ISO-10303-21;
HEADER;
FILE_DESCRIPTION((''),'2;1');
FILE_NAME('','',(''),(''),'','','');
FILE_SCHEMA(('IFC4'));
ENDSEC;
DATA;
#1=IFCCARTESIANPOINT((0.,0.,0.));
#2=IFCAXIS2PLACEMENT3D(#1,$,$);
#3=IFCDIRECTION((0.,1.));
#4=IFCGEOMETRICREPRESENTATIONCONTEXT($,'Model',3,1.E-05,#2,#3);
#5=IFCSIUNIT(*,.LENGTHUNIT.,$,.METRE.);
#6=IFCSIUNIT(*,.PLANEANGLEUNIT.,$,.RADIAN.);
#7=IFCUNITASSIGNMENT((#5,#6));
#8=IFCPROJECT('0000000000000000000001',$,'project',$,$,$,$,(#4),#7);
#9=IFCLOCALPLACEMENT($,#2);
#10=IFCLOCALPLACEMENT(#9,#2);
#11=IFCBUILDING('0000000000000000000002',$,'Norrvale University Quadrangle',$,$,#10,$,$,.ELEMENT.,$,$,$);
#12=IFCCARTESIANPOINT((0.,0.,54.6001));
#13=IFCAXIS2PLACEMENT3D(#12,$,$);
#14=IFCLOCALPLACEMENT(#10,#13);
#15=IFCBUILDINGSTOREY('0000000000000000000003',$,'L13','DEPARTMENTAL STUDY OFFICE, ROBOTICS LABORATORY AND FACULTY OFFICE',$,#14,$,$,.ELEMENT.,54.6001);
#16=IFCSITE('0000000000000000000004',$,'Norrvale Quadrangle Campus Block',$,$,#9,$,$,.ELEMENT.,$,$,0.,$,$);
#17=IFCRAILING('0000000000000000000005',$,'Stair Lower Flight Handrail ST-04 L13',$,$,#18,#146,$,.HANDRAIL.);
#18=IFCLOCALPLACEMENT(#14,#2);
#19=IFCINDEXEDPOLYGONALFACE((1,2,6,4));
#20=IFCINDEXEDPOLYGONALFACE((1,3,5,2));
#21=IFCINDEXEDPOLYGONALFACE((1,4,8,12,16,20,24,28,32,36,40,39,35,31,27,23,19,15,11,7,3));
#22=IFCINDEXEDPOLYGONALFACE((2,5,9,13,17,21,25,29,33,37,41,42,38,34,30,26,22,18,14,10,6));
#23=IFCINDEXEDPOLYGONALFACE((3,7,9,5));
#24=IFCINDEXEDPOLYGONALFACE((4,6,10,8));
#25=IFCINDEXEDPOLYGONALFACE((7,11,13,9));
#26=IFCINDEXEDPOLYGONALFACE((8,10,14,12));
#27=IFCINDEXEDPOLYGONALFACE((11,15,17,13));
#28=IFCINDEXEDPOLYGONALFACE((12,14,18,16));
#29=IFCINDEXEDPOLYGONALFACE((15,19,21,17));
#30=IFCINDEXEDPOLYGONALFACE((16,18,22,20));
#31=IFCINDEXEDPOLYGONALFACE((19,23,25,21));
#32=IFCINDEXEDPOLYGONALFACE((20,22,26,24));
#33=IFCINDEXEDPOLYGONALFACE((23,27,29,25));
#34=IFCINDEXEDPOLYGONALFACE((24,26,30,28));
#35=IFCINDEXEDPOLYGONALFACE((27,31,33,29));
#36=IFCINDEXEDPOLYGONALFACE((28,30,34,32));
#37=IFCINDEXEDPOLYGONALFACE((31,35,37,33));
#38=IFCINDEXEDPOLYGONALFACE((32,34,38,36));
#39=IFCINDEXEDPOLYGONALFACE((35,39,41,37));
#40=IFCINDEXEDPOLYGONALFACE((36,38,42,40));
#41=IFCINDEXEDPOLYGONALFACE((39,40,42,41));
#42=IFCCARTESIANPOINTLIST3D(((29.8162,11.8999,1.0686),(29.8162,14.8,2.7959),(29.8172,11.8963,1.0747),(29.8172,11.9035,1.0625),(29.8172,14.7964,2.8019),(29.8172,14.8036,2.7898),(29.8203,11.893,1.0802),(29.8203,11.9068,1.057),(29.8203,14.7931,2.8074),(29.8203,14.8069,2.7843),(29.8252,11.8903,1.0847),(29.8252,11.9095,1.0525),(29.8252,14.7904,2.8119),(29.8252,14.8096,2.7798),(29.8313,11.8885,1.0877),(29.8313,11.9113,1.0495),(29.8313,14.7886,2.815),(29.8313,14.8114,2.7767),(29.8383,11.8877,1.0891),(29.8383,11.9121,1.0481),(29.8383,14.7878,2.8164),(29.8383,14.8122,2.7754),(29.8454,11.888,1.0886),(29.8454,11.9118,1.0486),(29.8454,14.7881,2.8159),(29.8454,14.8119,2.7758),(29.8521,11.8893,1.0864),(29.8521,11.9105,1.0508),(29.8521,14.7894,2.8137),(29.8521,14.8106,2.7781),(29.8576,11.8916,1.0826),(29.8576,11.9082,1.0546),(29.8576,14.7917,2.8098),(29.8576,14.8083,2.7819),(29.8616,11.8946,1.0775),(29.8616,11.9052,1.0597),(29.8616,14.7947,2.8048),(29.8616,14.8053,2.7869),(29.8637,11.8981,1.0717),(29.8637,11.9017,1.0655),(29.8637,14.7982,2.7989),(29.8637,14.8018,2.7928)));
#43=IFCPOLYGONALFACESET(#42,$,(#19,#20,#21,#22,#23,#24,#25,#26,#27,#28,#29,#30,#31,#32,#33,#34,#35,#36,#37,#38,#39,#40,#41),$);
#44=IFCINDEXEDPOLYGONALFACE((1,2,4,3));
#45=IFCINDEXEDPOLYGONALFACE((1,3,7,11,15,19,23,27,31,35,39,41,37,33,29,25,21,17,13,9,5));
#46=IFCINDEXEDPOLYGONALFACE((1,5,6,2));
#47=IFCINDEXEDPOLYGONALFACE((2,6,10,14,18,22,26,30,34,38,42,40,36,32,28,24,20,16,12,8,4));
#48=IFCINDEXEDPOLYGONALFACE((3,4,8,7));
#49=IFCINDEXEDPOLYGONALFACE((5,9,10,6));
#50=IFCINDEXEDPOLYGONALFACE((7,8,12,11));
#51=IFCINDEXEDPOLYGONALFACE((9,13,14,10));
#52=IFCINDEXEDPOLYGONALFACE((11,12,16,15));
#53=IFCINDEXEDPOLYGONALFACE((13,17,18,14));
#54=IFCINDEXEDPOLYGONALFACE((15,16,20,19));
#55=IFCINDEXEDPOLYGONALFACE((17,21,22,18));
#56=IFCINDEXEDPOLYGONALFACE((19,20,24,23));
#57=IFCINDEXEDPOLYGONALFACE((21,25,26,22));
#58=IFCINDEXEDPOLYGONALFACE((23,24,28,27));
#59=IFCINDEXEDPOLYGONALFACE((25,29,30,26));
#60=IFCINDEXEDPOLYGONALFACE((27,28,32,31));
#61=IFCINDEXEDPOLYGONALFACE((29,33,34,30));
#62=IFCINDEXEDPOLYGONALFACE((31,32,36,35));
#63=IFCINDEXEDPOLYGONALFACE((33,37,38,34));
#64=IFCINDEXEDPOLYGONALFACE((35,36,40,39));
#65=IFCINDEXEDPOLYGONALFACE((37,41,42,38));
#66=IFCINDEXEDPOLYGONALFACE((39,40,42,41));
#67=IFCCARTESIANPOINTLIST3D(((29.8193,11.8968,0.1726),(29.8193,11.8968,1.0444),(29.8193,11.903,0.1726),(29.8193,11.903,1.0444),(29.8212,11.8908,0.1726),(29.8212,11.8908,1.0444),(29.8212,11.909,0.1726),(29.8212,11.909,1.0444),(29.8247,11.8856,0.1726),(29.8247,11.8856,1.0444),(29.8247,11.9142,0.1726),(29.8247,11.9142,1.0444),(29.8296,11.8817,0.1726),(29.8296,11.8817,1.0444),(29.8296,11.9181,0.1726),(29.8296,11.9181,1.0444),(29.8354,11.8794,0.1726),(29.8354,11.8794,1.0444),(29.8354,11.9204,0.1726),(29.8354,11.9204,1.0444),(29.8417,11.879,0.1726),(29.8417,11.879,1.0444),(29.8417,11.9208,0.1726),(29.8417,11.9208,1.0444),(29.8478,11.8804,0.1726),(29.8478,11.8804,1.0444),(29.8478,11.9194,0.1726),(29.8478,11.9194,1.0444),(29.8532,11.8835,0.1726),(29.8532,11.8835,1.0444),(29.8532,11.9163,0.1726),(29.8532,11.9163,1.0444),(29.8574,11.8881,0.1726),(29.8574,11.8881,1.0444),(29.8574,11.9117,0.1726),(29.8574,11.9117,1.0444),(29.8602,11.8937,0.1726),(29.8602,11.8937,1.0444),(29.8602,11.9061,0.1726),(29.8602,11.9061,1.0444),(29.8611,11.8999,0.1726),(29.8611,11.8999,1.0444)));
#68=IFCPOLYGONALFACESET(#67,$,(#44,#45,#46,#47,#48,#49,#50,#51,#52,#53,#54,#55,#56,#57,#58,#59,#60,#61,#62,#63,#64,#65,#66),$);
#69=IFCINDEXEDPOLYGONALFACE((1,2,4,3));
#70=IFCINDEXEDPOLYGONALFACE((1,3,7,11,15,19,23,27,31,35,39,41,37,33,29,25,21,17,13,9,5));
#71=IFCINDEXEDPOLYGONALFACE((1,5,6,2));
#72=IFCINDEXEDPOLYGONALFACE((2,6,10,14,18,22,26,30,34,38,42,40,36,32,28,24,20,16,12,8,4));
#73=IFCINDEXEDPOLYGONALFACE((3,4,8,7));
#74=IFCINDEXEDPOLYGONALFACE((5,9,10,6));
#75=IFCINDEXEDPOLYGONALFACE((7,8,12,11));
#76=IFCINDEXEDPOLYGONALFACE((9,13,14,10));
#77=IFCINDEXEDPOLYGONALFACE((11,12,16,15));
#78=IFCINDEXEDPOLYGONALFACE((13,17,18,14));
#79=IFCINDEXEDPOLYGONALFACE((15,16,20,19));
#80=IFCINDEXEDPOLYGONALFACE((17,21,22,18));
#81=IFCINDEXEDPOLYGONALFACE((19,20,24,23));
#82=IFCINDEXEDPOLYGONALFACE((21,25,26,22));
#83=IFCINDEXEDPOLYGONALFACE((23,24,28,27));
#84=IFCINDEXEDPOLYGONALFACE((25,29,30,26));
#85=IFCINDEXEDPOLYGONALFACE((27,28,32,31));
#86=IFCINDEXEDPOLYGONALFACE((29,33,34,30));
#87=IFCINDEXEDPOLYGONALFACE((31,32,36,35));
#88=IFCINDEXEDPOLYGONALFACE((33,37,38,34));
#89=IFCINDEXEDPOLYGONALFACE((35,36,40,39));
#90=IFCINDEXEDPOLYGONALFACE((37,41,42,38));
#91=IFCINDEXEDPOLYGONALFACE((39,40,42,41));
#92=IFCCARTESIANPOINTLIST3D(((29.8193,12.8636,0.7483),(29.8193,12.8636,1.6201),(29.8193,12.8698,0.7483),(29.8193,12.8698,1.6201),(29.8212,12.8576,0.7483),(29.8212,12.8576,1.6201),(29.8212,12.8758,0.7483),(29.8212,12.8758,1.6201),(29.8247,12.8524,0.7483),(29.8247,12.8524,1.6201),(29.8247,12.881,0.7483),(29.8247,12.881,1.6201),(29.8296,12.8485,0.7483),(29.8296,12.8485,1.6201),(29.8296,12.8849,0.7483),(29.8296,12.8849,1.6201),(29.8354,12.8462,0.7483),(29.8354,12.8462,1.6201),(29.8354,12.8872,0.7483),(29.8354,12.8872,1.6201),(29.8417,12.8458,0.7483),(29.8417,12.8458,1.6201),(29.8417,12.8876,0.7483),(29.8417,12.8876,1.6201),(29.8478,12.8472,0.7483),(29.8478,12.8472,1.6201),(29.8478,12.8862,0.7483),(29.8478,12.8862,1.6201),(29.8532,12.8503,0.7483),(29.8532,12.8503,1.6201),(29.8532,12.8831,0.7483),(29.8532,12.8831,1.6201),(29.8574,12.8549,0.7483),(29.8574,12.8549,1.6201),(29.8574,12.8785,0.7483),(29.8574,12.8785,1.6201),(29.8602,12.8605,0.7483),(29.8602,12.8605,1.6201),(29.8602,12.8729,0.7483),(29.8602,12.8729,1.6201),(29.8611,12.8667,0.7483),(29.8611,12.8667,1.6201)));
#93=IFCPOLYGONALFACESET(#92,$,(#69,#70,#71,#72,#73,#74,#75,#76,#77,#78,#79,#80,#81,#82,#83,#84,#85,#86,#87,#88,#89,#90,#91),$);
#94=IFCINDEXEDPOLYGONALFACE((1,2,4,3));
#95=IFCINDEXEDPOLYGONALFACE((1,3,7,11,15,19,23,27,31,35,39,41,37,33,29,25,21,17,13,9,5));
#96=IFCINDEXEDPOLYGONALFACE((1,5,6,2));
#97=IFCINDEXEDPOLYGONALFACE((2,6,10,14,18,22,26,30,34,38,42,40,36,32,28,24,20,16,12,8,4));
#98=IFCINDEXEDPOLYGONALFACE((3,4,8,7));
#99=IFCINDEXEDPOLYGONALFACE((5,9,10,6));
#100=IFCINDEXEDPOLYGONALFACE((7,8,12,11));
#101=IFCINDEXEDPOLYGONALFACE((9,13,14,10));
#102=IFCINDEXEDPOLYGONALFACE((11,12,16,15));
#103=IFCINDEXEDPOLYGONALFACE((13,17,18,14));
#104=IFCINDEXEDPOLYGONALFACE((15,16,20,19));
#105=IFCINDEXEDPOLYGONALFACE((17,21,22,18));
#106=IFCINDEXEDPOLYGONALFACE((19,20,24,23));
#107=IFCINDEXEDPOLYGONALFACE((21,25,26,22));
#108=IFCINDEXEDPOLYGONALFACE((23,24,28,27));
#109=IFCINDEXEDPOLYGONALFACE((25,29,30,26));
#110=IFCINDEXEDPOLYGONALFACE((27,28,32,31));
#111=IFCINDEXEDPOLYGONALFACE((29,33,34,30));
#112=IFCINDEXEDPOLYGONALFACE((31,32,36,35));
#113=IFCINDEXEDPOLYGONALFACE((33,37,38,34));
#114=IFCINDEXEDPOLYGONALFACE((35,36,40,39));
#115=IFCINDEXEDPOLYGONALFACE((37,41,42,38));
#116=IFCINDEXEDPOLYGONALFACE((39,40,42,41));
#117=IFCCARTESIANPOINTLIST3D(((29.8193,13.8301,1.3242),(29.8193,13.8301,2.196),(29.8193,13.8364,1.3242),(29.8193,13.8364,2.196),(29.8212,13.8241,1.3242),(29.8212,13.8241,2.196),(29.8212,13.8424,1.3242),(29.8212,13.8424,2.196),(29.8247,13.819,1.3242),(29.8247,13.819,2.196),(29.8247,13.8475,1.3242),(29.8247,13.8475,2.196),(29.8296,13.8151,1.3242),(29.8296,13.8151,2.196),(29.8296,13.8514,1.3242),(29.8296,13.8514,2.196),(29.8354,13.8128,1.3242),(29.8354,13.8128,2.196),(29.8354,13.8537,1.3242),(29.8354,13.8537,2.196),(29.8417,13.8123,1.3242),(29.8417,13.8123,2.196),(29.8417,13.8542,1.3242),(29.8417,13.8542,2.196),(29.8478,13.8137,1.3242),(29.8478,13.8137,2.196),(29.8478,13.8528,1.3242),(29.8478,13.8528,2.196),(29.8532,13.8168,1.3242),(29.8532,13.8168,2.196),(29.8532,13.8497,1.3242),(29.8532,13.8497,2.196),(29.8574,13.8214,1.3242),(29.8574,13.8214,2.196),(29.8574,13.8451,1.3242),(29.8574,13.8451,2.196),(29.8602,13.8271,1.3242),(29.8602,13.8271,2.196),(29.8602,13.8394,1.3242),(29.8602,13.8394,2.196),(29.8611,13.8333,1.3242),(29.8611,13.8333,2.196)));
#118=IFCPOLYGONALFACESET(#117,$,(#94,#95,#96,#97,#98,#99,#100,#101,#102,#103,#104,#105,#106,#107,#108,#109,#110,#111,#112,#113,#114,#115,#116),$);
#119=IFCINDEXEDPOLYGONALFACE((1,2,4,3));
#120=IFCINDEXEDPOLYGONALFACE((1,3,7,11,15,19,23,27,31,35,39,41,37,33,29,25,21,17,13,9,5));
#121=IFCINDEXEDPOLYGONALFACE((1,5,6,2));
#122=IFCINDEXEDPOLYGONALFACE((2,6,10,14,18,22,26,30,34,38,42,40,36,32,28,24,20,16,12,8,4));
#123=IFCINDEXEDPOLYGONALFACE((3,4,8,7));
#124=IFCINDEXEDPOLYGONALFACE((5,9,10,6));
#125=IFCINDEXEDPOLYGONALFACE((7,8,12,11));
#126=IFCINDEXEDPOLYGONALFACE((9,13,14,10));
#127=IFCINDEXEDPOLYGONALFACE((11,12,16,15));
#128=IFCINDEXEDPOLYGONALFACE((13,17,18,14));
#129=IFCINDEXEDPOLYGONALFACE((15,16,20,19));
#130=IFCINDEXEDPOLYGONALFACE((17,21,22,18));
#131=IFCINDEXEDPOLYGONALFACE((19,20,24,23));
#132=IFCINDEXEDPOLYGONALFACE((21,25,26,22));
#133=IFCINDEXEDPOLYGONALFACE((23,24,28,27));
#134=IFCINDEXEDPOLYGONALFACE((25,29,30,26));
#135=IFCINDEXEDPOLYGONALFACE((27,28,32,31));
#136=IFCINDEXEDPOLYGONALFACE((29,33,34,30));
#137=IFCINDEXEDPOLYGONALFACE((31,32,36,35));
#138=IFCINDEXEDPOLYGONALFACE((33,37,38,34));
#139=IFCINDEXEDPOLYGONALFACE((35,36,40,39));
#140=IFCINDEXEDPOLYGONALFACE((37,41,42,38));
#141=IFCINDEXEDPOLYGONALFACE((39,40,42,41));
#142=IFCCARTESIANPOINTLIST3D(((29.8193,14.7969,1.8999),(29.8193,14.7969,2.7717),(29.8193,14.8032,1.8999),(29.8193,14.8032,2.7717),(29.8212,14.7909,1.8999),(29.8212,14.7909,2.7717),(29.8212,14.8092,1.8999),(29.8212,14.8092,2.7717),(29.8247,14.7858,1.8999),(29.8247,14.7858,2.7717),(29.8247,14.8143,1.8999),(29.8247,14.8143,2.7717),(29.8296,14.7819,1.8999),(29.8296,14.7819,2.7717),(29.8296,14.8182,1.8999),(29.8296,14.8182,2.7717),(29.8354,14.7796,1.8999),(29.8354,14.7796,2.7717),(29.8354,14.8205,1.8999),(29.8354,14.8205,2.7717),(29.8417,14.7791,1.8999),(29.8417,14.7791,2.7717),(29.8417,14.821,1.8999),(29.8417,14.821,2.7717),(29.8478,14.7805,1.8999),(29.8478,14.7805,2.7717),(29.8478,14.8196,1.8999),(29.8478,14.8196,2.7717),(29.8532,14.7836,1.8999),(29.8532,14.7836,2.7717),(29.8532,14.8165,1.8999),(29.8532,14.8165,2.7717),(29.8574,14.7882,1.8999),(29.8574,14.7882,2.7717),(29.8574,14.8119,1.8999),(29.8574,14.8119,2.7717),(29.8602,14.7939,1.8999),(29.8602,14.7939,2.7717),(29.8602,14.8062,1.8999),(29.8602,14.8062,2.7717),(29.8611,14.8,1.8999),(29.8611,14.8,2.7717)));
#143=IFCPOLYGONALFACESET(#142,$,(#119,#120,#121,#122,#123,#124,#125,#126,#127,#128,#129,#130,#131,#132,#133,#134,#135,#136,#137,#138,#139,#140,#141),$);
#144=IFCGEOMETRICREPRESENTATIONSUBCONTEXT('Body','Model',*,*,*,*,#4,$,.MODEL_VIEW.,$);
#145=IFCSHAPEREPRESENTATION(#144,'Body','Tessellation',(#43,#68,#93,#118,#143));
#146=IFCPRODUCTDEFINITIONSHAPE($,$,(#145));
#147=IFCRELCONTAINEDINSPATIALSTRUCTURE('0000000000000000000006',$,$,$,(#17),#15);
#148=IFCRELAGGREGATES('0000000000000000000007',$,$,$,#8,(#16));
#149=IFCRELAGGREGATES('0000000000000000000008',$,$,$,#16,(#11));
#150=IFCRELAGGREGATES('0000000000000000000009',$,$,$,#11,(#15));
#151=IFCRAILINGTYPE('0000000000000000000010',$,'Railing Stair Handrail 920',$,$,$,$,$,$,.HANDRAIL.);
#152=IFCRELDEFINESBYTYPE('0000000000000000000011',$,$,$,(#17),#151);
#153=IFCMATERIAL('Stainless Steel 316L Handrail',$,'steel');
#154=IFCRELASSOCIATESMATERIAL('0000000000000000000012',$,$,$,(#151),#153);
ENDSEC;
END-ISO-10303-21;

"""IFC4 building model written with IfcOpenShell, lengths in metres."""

from ifc_helpers import new_model, si_unit, direction, frame, origin, origin_2d, place, context, subcontext, project, spatial, circle, extrude, material, type_object, element, save


model = new_model("IFC4")

# Units and contexts
model_context = context("Model", 3, precision=1e-05, world=origin(), true_north=direction((0.0, 1.0)))
body_context = subcontext(model_context, "Body", "Model", "MODEL_VIEW")
ifc_project = project(units=[si_unit("LENGTHUNIT", "METRE"), si_unit("PLANEANGLEUNIT", "RADIAN")], contexts=[model_context])

# Site, building, storey
site_placement = place(None, origin())
site = spatial("IfcSite", under=ifc_project, at=site_placement, Name="Norrvale Quadrangle Campus Block", CompositionType="ELEMENT", RefElevation=0.0)
building_placement = place(site_placement, origin())
building = spatial("IfcBuilding", under=site, at=building_placement, Name="Norrvale University Quadrangle", CompositionType="ELEMENT")
storey_placement = place(building_placement, frame((0.0, 0.0, 54.6001)))
storey = spatial("IfcBuildingStorey", under=building, at=storey_placement, Name="L13", Description="DEPARTMENTAL STUDY OFFICE, ROBOTICS LABORATORY AND FACULTY OFFICE", CompositionType="ELEMENT", Elevation=54.6001)

# Railing
ifc_material_1 = material(Name="Stainless Steel 316L Handrail", Category="steel")
railing_type_1 = type_object("IfcRailingType", Name="Railing Stair Handrail 920", PredefinedType="HANDRAIL", material=ifc_material_1)
railing_1_placement = place(storey_placement, frame((29.8401, 11.8999, 0.1726)))
element("IfcRailing", 1, at=railing_1_placement, inside=storey, type_object=railing_type_1, Name="Stair Lower Flight Handrail ST-04 L13", PredefinedType="HANDRAIL", context=body_context, shape_type="SweptSolid", body=[
    extrude(circle(Radius=0.0239, at=origin_2d()), frame((0.0, 0.0, 0.896), z_axis=(0.0, 0.85916, 0.511706), x_axis=(-1.0, 0.0, 0.0)), (0.0, 0.0, 1.0), 3.3755),
    extrude(circle(Radius=0.021, at=origin_2d()), origin(), (0.0, 0.0, 1.0), 0.8718),
    extrude(circle(Radius=0.021, at=origin_2d()), frame((0.0, 0.9668, 0.5757)), (0.0, 0.0, 1.0), 0.8718),
    extrude(circle(Radius=0.021, at=origin_2d()), frame((0.0, 1.9333, 1.1516)), (0.0, 0.0, 1.0), 0.8718),
    extrude(circle(Radius=0.021, at=origin_2d()), frame((0.0, 2.9001, 1.7273)), (0.0, 0.0, 1.0), 0.8718),
])

save(model, "model.ifc")
